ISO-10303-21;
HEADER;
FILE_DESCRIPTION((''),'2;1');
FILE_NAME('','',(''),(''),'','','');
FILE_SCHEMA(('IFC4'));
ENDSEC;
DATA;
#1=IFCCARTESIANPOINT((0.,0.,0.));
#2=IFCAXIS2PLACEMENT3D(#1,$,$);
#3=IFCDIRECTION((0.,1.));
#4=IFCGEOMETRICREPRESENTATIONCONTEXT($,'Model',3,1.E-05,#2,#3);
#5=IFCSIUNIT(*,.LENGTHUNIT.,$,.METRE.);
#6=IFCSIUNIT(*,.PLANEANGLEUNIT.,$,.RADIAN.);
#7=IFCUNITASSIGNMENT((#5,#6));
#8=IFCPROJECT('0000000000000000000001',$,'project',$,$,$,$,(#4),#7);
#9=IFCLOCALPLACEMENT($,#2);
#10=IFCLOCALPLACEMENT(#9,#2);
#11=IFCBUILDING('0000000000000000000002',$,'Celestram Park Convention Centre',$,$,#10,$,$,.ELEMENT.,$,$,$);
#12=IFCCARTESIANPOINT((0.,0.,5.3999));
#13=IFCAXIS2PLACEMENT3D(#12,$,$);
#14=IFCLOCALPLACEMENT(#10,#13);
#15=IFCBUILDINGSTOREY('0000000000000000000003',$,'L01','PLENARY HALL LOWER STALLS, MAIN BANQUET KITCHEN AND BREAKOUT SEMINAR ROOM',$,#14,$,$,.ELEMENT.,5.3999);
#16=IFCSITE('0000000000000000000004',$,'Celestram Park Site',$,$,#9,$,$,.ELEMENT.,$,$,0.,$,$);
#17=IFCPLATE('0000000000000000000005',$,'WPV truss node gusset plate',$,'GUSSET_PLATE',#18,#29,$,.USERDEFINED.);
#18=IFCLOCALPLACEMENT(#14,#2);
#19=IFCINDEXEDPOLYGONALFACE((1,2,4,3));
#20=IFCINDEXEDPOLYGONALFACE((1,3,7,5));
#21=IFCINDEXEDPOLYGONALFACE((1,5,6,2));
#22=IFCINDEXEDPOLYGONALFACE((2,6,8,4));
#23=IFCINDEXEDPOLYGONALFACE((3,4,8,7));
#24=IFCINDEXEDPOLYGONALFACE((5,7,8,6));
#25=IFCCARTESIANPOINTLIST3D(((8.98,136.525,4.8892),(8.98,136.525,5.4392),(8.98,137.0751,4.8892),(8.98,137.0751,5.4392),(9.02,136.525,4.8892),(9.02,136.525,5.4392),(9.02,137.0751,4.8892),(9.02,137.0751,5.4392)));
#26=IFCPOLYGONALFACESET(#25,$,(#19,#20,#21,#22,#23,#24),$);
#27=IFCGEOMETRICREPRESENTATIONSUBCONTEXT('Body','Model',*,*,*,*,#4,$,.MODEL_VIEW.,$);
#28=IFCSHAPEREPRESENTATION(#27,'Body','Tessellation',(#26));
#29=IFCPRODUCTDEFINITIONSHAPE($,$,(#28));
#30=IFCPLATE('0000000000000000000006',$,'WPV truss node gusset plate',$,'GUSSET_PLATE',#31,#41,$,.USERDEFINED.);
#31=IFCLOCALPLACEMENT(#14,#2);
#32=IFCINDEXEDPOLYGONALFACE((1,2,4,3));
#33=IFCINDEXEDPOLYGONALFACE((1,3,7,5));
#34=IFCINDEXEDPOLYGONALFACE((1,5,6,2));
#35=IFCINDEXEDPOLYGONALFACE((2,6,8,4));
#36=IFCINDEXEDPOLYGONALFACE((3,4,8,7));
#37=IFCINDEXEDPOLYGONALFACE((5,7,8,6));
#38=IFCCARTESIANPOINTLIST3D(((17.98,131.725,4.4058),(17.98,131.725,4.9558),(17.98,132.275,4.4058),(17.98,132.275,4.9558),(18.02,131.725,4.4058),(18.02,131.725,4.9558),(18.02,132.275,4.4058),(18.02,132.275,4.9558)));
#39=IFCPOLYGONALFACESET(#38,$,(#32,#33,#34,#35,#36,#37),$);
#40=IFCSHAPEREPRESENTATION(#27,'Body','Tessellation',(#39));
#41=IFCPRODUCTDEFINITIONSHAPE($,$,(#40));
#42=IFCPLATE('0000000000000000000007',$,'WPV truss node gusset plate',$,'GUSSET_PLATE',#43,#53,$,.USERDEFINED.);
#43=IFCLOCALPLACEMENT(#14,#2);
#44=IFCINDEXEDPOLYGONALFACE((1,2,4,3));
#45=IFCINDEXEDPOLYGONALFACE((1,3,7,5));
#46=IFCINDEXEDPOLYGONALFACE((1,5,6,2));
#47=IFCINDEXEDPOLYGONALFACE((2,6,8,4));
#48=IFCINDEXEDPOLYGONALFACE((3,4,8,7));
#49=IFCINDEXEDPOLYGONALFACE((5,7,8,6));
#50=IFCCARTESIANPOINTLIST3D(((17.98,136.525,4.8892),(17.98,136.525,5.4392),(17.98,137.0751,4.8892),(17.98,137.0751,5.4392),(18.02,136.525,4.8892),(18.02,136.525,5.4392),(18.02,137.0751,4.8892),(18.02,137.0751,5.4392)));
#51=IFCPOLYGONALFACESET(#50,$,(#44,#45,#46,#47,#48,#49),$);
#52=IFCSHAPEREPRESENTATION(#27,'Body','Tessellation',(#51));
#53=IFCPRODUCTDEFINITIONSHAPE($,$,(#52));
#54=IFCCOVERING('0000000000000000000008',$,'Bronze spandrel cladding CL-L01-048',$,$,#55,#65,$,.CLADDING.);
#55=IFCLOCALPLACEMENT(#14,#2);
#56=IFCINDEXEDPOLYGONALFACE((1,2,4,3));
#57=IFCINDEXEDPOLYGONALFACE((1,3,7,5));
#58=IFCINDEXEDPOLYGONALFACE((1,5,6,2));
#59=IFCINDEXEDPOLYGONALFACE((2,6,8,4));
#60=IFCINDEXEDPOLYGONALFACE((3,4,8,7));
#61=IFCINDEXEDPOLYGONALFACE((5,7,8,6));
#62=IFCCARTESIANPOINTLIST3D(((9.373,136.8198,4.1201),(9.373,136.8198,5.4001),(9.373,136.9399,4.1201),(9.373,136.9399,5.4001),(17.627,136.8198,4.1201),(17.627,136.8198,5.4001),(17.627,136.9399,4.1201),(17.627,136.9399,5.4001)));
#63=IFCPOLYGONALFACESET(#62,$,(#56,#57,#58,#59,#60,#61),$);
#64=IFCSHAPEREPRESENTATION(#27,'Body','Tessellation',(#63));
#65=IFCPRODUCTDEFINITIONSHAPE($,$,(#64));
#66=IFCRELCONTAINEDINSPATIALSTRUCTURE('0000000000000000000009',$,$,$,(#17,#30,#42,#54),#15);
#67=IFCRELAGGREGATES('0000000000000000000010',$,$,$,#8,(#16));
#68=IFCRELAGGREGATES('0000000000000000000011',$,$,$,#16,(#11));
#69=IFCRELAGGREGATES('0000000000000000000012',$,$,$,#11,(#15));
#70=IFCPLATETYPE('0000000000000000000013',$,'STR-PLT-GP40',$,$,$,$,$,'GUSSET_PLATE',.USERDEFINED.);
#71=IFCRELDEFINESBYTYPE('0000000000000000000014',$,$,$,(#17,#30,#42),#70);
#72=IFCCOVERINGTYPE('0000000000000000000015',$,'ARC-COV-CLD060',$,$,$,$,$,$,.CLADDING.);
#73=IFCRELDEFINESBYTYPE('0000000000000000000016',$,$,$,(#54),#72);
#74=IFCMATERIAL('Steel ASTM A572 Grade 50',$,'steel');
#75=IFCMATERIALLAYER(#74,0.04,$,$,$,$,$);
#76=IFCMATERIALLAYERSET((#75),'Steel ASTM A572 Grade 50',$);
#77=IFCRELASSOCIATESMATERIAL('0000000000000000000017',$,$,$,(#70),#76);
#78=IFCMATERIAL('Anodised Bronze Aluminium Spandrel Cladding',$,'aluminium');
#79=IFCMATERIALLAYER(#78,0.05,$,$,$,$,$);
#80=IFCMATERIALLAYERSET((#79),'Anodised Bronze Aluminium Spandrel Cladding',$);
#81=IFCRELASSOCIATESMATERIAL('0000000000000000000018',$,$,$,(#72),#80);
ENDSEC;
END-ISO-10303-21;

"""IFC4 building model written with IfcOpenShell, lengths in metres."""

from ifc_helpers import new_model, si_unit, direction, frame, origin, origin_2d, place, context, subcontext, project, spatial, rectangle, extrude, material, layer, layer_set, type_object, element, save


model = new_model("IFC4")

# Units and contexts
model_context = context("Model", 3, precision=1e-05, world=origin(), true_north=direction((0.0, 1.0)))
body_context = subcontext(model_context, "Body", "Model", "MODEL_VIEW")
ifc_project = project(units=[si_unit("LENGTHUNIT", "METRE"), si_unit("PLANEANGLEUNIT", "RADIAN")], contexts=[model_context])

# Site, building, storey
site_placement = place(None, origin())
site = spatial("IfcSite", under=ifc_project, at=site_placement, Name="Celestram Park Site", CompositionType="ELEMENT", RefElevation=0.0)
building_placement = place(site_placement, origin())
building = spatial("IfcBuilding", under=site, at=building_placement, Name="Celestram Park Convention Centre", CompositionType="ELEMENT")
storey_placement = place(building_placement, frame((0.0, 0.0, 5.3999)))
storey = spatial("IfcBuildingStorey", under=building, at=storey_placement, Name="L01", Description="PLENARY HALL LOWER STALLS, MAIN BANQUET KITCHEN AND BREAKOUT SEMINAR ROOM", CompositionType="ELEMENT", Elevation=5.3999)

# Plates
ifc_material_1 = material(Name="Steel ASTM A572 Grade 50", Category="steel")
ifc_layer_1 = layer(ifc_material_1, 0.04)
ifc_layer_set_1 = layer_set([ifc_layer_1], Name="Steel ASTM A572 Grade 50")
plate_type_1 = type_object("IfcPlateType", Name="STR-PLT-GP40", ElementType="GUSSET_PLATE", PredefinedType="USERDEFINED", material=ifc_layer_set_1)
for number, where, z_axis, x_axis, name in (
    (1, (9.0, 136.8, 4.8892), (0.0, 0.0, 1.0), (0.0, 1.0, 0.0), "WPV truss node gusset plate"),
    (2, (18.0, 132.0, 4.4058), (0.0, 0.0, 1.0), (0.0, 1.0, 0.0), "WPV truss node gusset plate"),
    (3, (18.0, 136.8, 4.8892), (0.0, 0.0, 1.0), (0.0, 1.0, 0.0), "WPV truss node gusset plate"),
):
    element("IfcPlate", number, at=place(storey_placement, frame(where, z_axis=z_axis, x_axis=x_axis)), inside=storey, type_object=plate_type_1, Name=name, ObjectType="GUSSET_PLATE", PredefinedType="USERDEFINED", context=body_context, shape_type="SweptSolid", body=[
        extrude(rectangle(XDim=0.55, YDim=0.04, at=origin_2d()), origin(), (0.0, 0.0, 1.0), 0.55),
    ])

# Covering
ifc_material_2 = material(Name="Anodised Bronze Aluminium Spandrel Cladding", Category="aluminium")
ifc_layer_2 = layer(ifc_material_2, 0.05)
ifc_layer_set_2 = layer_set([ifc_layer_2], Name="Anodised Bronze Aluminium Spandrel Cladding")
covering_type = type_object("IfcCoveringType", Name="ARC-COV-CLD060", PredefinedType="CLADDING", material=ifc_layer_set_2)
covering_placement = place(storey_placement, frame((13.5, 136.8799, 4.1201), z_axis=(0.0, 0.0, 1.0), x_axis=(1.0, 0.0, 0.0)))
element("IfcCovering", 4, at=covering_placement, inside=storey, type_object=covering_type, Name="Bronze spandrel cladding CL-L01-048", PredefinedType="CLADDING", context=body_context, shape_type="SweptSolid", body=[
    extrude(rectangle(XDim=8.2539, YDim=0.1201, at=origin_2d()), origin(), (0.0, 0.0, 1.0), 1.28),
])

save(model, "model.ifc")
